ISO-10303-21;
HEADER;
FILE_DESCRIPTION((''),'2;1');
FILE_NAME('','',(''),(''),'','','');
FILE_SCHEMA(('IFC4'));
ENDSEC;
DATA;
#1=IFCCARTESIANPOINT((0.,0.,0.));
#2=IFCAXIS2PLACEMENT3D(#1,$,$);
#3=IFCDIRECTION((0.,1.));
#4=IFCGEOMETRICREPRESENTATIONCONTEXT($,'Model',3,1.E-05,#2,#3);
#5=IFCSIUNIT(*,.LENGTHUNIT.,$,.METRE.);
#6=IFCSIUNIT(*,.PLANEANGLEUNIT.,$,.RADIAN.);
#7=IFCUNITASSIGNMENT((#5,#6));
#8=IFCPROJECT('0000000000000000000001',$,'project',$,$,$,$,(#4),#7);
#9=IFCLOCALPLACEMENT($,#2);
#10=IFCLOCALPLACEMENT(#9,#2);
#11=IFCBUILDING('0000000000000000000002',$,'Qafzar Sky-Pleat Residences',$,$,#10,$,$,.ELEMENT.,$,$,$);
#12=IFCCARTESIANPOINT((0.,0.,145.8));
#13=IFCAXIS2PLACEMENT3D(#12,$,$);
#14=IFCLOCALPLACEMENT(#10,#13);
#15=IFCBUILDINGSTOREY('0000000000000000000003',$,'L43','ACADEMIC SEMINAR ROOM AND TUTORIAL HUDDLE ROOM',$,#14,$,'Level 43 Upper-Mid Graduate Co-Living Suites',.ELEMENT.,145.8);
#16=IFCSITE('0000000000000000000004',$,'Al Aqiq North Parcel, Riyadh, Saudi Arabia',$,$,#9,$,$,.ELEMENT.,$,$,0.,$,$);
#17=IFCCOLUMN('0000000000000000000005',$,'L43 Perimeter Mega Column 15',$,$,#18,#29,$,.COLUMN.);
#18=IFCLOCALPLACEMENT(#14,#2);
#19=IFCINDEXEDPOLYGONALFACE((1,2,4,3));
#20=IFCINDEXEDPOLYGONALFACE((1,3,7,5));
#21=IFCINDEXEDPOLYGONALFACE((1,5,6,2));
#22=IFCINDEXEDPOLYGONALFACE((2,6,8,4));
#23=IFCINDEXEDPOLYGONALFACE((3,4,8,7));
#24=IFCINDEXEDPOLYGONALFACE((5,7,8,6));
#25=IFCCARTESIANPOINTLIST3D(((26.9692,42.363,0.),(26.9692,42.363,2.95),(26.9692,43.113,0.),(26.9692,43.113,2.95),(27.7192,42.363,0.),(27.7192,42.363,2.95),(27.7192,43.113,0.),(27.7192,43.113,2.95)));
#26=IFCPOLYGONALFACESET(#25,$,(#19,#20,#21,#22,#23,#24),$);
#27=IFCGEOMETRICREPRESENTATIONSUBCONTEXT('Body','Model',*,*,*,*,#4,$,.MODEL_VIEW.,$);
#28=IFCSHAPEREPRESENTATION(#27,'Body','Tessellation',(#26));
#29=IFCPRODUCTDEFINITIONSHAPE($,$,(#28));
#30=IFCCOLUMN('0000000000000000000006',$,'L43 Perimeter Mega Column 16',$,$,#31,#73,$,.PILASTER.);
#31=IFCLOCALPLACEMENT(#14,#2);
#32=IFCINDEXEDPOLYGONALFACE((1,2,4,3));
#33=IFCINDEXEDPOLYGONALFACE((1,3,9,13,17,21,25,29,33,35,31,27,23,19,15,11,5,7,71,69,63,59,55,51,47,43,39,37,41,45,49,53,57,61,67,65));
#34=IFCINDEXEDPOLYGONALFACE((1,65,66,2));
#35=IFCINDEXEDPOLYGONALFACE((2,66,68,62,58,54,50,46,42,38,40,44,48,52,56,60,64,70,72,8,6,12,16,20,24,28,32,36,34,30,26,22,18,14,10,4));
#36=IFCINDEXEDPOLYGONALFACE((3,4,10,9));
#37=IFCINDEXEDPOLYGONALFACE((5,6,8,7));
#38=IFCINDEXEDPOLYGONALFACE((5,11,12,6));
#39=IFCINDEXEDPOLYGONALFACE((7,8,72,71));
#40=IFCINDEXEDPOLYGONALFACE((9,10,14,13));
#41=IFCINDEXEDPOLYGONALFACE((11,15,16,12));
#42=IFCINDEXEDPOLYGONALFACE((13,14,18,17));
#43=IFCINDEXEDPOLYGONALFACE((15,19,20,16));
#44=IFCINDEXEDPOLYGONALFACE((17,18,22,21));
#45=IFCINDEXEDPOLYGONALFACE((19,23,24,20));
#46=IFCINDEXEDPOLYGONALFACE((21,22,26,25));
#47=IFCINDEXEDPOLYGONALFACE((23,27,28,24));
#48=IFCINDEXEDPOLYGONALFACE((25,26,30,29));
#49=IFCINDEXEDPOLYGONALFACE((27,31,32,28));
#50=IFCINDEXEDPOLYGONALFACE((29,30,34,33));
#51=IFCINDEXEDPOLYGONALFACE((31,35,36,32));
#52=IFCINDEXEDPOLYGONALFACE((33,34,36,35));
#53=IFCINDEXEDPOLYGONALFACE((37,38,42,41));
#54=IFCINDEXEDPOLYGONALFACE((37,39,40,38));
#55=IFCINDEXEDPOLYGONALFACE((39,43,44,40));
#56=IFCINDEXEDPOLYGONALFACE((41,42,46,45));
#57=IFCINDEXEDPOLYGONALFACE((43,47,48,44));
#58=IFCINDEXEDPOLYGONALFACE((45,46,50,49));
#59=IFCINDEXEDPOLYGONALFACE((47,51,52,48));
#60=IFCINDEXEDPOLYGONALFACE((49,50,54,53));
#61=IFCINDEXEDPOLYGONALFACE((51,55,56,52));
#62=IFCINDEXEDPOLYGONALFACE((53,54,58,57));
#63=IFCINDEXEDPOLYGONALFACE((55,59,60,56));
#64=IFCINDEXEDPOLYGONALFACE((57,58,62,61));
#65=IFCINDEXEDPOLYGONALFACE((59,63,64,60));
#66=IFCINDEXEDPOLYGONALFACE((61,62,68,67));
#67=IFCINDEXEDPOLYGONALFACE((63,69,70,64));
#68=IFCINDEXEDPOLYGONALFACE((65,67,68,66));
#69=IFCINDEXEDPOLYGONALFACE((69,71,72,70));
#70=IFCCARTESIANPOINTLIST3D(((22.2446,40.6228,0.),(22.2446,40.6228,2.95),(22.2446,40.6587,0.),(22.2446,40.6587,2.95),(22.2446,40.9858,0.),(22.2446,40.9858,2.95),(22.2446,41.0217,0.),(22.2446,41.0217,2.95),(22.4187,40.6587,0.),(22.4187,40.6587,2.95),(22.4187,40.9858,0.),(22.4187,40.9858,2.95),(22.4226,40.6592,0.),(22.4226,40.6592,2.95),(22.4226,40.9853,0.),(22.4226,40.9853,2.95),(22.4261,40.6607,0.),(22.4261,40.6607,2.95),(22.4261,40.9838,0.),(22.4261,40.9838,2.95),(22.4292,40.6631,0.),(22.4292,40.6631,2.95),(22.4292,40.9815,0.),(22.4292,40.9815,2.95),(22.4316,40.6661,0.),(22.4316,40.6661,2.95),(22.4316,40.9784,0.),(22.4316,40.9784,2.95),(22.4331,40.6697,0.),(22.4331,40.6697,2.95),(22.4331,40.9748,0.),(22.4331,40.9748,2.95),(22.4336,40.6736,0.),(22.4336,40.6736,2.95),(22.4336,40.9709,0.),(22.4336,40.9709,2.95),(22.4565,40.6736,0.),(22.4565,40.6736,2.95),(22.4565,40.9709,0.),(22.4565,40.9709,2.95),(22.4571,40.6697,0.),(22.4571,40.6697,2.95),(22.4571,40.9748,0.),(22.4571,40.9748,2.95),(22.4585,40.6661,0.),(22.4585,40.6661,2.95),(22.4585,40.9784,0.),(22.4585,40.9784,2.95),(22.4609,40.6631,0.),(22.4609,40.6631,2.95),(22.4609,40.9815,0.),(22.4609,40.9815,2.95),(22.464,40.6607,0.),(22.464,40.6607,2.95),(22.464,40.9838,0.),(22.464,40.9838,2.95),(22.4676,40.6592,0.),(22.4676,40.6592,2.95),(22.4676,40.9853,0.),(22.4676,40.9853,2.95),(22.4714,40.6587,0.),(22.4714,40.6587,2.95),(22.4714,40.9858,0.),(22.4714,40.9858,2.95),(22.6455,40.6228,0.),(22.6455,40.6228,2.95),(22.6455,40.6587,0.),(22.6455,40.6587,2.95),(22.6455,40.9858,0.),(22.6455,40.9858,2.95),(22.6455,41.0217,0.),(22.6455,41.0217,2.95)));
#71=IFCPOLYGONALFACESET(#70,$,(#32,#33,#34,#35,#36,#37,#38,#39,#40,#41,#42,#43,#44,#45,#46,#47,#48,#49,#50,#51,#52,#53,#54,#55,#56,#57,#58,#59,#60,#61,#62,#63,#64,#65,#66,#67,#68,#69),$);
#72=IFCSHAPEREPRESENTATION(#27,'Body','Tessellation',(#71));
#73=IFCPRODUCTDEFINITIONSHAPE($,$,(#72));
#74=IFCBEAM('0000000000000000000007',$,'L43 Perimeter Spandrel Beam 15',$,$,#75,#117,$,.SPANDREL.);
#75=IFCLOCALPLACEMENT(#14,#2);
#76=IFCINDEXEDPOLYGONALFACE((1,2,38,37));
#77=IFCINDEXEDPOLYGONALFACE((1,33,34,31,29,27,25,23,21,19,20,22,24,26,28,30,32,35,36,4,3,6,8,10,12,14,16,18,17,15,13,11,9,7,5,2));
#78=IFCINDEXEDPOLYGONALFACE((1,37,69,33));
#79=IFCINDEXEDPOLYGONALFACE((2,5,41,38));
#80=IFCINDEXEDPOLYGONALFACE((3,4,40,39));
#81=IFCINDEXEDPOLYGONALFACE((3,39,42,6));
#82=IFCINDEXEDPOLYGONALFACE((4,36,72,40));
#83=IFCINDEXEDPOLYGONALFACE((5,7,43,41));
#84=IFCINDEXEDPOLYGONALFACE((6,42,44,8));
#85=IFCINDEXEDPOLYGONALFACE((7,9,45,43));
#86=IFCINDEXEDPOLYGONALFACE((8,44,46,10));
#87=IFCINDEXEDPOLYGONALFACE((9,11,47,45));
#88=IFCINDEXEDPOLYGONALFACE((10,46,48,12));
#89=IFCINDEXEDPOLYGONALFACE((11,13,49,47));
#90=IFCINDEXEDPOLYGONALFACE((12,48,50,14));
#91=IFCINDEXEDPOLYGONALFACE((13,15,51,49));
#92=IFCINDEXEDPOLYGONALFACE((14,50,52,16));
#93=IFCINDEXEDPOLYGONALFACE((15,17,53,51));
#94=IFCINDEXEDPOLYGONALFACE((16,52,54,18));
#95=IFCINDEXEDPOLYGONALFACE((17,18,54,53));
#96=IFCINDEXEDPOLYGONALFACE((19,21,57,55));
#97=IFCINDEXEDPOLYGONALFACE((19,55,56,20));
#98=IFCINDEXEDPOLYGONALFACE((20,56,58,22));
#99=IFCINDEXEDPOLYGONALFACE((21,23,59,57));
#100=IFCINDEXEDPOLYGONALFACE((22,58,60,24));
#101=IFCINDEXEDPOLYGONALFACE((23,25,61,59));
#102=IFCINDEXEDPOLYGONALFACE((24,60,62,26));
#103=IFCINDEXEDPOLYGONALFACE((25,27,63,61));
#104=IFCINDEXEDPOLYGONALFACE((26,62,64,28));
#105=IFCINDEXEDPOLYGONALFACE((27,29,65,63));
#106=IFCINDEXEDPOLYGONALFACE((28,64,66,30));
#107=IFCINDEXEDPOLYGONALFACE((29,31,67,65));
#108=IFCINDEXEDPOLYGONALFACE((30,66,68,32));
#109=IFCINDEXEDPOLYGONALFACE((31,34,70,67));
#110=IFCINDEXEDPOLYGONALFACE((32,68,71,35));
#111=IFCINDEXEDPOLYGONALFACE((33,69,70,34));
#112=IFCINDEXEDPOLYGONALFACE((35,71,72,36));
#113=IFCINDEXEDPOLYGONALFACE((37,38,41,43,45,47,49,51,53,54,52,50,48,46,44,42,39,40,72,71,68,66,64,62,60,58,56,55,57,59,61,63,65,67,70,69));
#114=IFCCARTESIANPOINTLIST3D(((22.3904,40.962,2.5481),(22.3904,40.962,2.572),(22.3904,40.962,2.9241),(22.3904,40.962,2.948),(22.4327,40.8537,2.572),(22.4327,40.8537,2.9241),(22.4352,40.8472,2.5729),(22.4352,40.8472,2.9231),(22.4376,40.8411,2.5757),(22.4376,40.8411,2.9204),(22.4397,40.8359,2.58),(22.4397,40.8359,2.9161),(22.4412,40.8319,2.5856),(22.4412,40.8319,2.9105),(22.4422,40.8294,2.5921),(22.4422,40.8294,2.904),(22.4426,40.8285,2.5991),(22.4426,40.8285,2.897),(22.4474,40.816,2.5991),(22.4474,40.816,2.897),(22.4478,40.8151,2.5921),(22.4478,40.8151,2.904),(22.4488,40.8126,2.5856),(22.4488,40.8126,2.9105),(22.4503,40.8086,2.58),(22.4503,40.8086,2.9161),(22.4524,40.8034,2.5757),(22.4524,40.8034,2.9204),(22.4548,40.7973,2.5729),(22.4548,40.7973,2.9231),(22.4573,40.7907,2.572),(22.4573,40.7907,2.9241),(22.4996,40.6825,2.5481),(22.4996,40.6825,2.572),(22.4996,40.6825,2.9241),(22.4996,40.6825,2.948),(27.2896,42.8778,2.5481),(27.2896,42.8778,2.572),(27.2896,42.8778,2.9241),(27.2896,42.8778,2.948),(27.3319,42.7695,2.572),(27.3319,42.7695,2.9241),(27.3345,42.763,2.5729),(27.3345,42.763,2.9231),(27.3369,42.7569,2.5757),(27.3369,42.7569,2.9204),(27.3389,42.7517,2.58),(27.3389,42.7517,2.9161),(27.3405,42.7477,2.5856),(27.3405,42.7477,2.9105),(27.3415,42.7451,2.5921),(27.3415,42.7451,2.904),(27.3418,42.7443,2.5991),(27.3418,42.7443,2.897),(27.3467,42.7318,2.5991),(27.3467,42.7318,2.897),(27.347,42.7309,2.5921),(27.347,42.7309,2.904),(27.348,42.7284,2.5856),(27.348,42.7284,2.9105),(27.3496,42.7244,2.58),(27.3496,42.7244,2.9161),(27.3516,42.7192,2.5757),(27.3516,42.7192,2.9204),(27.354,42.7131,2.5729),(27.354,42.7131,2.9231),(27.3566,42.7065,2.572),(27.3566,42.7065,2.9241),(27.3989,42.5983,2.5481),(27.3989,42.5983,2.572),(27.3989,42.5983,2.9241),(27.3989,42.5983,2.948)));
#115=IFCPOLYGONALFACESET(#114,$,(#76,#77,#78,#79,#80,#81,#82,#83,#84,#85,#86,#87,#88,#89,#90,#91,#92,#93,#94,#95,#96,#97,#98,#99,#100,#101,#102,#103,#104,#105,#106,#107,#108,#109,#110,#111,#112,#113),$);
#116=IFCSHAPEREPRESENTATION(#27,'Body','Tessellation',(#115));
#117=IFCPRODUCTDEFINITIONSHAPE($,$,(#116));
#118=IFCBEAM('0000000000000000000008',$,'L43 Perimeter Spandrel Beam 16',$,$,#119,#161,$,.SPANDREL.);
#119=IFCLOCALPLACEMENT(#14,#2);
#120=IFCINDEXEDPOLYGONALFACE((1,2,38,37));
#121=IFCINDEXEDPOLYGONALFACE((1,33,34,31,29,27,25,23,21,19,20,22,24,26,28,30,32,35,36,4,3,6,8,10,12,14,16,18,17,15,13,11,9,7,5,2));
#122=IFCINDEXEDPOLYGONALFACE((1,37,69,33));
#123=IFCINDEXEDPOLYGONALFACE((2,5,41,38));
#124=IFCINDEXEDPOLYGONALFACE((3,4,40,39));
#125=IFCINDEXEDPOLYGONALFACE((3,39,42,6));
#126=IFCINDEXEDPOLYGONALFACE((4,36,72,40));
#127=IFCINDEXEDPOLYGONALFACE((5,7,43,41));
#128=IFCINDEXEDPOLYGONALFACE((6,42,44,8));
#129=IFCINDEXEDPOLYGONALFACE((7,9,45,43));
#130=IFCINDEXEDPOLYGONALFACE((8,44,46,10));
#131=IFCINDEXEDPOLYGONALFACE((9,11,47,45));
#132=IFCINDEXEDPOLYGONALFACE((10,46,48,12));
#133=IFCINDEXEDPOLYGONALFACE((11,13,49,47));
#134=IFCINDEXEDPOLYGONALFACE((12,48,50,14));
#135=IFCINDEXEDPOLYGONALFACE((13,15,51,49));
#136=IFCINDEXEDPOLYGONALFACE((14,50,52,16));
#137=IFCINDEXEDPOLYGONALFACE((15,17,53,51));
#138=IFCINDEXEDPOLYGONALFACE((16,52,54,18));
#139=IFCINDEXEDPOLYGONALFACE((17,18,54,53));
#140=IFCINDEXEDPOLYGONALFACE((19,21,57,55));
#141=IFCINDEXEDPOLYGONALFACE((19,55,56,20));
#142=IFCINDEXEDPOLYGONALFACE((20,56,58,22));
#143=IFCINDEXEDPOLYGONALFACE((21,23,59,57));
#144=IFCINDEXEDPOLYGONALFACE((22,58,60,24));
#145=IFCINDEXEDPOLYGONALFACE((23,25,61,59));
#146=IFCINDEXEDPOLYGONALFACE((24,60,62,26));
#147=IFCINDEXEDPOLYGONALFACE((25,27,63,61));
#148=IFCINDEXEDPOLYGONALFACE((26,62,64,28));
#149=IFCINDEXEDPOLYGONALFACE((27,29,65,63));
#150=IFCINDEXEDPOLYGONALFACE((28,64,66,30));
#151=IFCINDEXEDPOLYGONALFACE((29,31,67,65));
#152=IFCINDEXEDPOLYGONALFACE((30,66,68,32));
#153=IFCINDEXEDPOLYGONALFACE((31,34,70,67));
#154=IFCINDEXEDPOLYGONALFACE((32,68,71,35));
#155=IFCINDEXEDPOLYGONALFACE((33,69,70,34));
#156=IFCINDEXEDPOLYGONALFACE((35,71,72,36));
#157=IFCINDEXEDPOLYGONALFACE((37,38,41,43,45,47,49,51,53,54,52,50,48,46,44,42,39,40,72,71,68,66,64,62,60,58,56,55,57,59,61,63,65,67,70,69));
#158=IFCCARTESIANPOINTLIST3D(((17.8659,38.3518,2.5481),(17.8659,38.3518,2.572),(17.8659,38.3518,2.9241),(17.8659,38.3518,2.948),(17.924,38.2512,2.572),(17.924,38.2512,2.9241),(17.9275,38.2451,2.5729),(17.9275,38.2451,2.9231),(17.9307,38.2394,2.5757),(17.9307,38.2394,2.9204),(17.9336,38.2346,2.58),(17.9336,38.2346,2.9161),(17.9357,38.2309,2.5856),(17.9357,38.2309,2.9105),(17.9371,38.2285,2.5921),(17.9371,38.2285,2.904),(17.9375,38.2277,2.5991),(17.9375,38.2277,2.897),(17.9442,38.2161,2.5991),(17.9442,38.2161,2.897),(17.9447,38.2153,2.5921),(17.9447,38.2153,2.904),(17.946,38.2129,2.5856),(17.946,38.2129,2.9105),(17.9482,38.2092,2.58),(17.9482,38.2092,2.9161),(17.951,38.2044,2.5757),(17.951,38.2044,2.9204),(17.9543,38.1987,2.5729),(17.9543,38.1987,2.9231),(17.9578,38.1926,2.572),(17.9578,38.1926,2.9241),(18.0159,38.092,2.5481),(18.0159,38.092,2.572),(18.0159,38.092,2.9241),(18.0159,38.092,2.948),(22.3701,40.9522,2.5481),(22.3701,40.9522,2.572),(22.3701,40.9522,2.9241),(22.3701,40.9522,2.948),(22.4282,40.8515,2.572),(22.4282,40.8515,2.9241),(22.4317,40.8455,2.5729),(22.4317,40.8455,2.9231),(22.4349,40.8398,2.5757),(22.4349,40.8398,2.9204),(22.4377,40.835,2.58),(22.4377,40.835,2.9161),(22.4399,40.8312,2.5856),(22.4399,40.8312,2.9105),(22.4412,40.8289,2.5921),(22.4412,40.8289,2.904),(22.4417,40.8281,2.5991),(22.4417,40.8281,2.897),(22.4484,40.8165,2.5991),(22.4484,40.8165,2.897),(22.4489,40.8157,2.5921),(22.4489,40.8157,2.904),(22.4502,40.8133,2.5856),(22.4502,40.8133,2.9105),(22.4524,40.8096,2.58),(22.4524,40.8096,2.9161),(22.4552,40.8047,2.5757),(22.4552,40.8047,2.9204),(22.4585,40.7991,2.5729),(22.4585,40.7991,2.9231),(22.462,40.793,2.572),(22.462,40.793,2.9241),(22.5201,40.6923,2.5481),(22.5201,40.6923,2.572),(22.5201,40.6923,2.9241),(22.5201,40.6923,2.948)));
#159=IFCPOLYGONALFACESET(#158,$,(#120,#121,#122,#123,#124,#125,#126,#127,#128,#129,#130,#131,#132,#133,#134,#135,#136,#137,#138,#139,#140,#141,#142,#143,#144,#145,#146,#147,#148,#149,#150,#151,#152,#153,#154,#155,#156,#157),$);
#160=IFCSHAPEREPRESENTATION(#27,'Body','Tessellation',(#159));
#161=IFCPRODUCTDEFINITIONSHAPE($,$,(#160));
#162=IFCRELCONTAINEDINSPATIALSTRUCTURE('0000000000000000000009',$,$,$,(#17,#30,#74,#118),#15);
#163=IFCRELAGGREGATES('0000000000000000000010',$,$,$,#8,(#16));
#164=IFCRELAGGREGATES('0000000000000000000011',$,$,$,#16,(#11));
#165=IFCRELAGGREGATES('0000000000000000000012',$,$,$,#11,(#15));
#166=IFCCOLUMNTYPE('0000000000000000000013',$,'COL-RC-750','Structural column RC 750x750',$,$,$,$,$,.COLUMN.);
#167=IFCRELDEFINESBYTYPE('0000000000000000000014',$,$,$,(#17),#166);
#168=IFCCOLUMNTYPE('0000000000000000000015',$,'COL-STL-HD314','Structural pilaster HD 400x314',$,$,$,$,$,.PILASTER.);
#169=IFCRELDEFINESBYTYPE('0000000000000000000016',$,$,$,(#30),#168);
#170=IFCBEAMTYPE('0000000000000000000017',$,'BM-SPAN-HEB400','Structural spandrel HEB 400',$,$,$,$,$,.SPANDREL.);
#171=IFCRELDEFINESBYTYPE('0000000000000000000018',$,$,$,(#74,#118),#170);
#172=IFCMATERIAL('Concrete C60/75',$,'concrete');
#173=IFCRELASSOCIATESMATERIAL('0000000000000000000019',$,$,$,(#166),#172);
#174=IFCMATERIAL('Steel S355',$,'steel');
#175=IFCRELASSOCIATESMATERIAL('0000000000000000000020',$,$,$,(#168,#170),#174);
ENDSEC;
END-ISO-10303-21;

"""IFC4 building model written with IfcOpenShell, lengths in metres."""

from ifc_helpers import new_model, si_unit, direction, frame, origin, origin_2d, place, context, subcontext, project, spatial, rectangle, i_section, extrude, source, transform, mapped, material, material_profile, profile_set, type_object, element, save


model = new_model("IFC4")

# Units and contexts
model_context = context("Model", 3, precision=1e-05, world=origin(), true_north=direction((0.0, 1.0)))
body_context = subcontext(model_context, "Body", "Model", "MODEL_VIEW")
ifc_project = project(units=[si_unit("LENGTHUNIT", "METRE"), si_unit("PLANEANGLEUNIT", "RADIAN")], contexts=[model_context])

# Site, building, storey
site_placement = place(None, origin())
site = spatial("IfcSite", under=ifc_project, at=site_placement, Name="Al Aqiq North Parcel, Riyadh, Saudi Arabia", CompositionType="ELEMENT", RefElevation=0.0)
building_placement = place(site_placement, origin())
building = spatial("IfcBuilding", under=site, at=building_placement, Name="Qafzar Sky-Pleat Residences", CompositionType="ELEMENT")
storey_placement = place(building_placement, frame((0.0, 0.0, 145.8)))
storey = spatial("IfcBuildingStorey", under=building, at=storey_placement, Name="L43", Description="ACADEMIC SEMINAR ROOM AND TUTORIAL HUDDLE ROOM", LongName="Level 43 Upper-Mid Graduate Co-Living Suites", CompositionType="ELEMENT", Elevation=145.8)

# Columns
ifc_material_1 = material(Name="Concrete C60/75", Category="concrete")
ifc_material_profile_1 = material_profile(ifc_material_1, rectangle(XDim=0.75, YDim=0.75, at=origin_2d()), Name="RC 750x750")
ifc_profile_set_1 = profile_set([ifc_material_profile_1], Name="Concrete C60/75")
column_type_1 = type_object("IfcColumnType", Name="COL-RC-750", Description="Structural column RC 750x750", PredefinedType="COLUMN", material=ifc_profile_set_1)
shared_shape_1 = source(origin(), body_context, "Body", "SweptSolid", [
    extrude(rectangle(XDim=0.75, YDim=0.75, at=origin_2d()), origin(), (0.0, 0.0, 1.0), 2.95),
])
column_1_placement = place(storey_placement, frame((27.3442, 42.738, 0.0), z_axis=(0.0, 0.0, 1.0), x_axis=(1.0, 0.0, 0.0)))
element("IfcColumn", 1, at=column_1_placement, inside=storey, type_object=column_type_1, Name="L43 Perimeter Mega Column 15", PredefinedType="COLUMN", context=body_context, shape_type="MappedRepresentation", body=[
    mapped(shared_shape_1, transform((0.0, 0.0, 0.0), x_axis=(1.0, 0.0, 0.0), y_axis=(0.0, 1.0, 0.0), z_axis=(0.0, 0.0, 1.0), scale=1.0)),
])
ifc_material_2 = material(Name="Steel S355", Category="steel")
ifc_material_profile_2 = material_profile(ifc_material_2, i_section(OverallWidth=0.4009, OverallDepth=0.3989, WebThickness=0.0229, FlangeThickness=0.0359, FilletRadius=0.0149, at=origin_2d()), Name="HD 400x314")
ifc_profile_set_2 = profile_set([ifc_material_profile_2], Name="Steel S355")
column_type_2 = type_object("IfcColumnType", Name="COL-STL-HD314", Description="Structural pilaster HD 400x314", PredefinedType="PILASTER", material=ifc_profile_set_2)
shared_shape_2 = source(origin(), body_context, "Body", "SweptSolid", [
    extrude(i_section(OverallWidth=0.4009, OverallDepth=0.3989, WebThickness=0.0229, FlangeThickness=0.0359, FilletRadius=0.0149, at=origin_2d()), origin(), (0.0, 0.0, 1.0), 2.95),
])
column_2_placement = place(storey_placement, frame((22.4451, 40.8223, 0.0), z_axis=(0.0, 0.0, 1.0), x_axis=(1.0, 0.0, 0.0)))
element("IfcColumn", 2, at=column_2_placement, inside=storey, type_object=column_type_2, Name="L43 Perimeter Mega Column 16", PredefinedType="PILASTER", context=body_context, shape_type="MappedRepresentation", body=[
    mapped(shared_shape_2, transform((0.0, 0.0, 0.0), x_axis=(1.0, 0.0, 0.0), y_axis=(0.0, 1.0, 0.0), z_axis=(0.0, 0.0, 1.0), scale=1.0)),
])

# Beams
ifc_material_profile_3 = material_profile(ifc_material_2, i_section(OverallWidth=0.3, OverallDepth=0.3999, WebThickness=0.0134, FlangeThickness=0.0239, FilletRadius=0.0271, at=origin_2d()), Name="HEB 400")
ifc_profile_set_3 = profile_set([ifc_material_profile_3], Name="Steel S355")
beam_type_1 = type_object("IfcBeamType", Name="BM-SPAN-HEB400", Description="Structural spandrel HEB 400", PredefinedType="SPANDREL", material=ifc_profile_set_3)
shared_shape_3 = source(origin(), body_context, "Body", "SweptSolid", [
    extrude(i_section(OverallWidth=0.3, OverallDepth=0.3999, WebThickness=0.0134, FlangeThickness=0.0239, FilletRadius=0.0271, at=origin_2d()), origin(), (0.0, 0.0, 1.0), 5.2605),
])
beam_1_placement = place(storey_placement, frame((27.3442, 42.738, 2.748), z_axis=(-0.931326, -0.364186, 0.0), x_axis=(0.364186, -0.931326, 0.0)))
element("IfcBeam", 3, at=beam_1_placement, inside=storey, type_object=beam_type_1, Name="L43 Perimeter Spandrel Beam 15", PredefinedType="SPANDREL", context=body_context, shape_type="MappedRepresentation", body=[
    mapped(shared_shape_3, transform((0.0, 0.0, 0.0), x_axis=(1.0, 0.0, 0.0), y_axis=(0.0, 1.0, 0.0), z_axis=(0.0, 0.0, 1.0), scale=1.0)),
])
shared_shape_4 = source(origin(), body_context, "Body", "SweptSolid", [
    extrude(i_section(OverallWidth=0.3, OverallDepth=0.3999, WebThickness=0.0134, FlangeThickness=0.0239, FilletRadius=0.0271, at=origin_2d()), origin(), (0.0, 0.0, 1.0), 5.2009),
])
beam_2_placement = place(storey_placement, frame((22.4451, 40.8223, 2.748), z_axis=(-0.866036, -0.499981, 0.0), x_axis=(0.499981, -0.866036, 0.0)))
element("IfcBeam", 4, at=beam_2_placement, inside=storey, type_object=beam_type_1, Name="L43 Perimeter Spandrel Beam 16", PredefinedType="SPANDREL", context=body_context, shape_type="MappedRepresentation", body=[
    mapped(shared_shape_4, transform((0.0, 0.0, 0.0), x_axis=(1.0, 0.0, 0.0), y_axis=(0.0, 1.0, 0.0), z_axis=(0.0, 0.0, 1.0), scale=1.0)),
])

save(model, "model.ifc")
